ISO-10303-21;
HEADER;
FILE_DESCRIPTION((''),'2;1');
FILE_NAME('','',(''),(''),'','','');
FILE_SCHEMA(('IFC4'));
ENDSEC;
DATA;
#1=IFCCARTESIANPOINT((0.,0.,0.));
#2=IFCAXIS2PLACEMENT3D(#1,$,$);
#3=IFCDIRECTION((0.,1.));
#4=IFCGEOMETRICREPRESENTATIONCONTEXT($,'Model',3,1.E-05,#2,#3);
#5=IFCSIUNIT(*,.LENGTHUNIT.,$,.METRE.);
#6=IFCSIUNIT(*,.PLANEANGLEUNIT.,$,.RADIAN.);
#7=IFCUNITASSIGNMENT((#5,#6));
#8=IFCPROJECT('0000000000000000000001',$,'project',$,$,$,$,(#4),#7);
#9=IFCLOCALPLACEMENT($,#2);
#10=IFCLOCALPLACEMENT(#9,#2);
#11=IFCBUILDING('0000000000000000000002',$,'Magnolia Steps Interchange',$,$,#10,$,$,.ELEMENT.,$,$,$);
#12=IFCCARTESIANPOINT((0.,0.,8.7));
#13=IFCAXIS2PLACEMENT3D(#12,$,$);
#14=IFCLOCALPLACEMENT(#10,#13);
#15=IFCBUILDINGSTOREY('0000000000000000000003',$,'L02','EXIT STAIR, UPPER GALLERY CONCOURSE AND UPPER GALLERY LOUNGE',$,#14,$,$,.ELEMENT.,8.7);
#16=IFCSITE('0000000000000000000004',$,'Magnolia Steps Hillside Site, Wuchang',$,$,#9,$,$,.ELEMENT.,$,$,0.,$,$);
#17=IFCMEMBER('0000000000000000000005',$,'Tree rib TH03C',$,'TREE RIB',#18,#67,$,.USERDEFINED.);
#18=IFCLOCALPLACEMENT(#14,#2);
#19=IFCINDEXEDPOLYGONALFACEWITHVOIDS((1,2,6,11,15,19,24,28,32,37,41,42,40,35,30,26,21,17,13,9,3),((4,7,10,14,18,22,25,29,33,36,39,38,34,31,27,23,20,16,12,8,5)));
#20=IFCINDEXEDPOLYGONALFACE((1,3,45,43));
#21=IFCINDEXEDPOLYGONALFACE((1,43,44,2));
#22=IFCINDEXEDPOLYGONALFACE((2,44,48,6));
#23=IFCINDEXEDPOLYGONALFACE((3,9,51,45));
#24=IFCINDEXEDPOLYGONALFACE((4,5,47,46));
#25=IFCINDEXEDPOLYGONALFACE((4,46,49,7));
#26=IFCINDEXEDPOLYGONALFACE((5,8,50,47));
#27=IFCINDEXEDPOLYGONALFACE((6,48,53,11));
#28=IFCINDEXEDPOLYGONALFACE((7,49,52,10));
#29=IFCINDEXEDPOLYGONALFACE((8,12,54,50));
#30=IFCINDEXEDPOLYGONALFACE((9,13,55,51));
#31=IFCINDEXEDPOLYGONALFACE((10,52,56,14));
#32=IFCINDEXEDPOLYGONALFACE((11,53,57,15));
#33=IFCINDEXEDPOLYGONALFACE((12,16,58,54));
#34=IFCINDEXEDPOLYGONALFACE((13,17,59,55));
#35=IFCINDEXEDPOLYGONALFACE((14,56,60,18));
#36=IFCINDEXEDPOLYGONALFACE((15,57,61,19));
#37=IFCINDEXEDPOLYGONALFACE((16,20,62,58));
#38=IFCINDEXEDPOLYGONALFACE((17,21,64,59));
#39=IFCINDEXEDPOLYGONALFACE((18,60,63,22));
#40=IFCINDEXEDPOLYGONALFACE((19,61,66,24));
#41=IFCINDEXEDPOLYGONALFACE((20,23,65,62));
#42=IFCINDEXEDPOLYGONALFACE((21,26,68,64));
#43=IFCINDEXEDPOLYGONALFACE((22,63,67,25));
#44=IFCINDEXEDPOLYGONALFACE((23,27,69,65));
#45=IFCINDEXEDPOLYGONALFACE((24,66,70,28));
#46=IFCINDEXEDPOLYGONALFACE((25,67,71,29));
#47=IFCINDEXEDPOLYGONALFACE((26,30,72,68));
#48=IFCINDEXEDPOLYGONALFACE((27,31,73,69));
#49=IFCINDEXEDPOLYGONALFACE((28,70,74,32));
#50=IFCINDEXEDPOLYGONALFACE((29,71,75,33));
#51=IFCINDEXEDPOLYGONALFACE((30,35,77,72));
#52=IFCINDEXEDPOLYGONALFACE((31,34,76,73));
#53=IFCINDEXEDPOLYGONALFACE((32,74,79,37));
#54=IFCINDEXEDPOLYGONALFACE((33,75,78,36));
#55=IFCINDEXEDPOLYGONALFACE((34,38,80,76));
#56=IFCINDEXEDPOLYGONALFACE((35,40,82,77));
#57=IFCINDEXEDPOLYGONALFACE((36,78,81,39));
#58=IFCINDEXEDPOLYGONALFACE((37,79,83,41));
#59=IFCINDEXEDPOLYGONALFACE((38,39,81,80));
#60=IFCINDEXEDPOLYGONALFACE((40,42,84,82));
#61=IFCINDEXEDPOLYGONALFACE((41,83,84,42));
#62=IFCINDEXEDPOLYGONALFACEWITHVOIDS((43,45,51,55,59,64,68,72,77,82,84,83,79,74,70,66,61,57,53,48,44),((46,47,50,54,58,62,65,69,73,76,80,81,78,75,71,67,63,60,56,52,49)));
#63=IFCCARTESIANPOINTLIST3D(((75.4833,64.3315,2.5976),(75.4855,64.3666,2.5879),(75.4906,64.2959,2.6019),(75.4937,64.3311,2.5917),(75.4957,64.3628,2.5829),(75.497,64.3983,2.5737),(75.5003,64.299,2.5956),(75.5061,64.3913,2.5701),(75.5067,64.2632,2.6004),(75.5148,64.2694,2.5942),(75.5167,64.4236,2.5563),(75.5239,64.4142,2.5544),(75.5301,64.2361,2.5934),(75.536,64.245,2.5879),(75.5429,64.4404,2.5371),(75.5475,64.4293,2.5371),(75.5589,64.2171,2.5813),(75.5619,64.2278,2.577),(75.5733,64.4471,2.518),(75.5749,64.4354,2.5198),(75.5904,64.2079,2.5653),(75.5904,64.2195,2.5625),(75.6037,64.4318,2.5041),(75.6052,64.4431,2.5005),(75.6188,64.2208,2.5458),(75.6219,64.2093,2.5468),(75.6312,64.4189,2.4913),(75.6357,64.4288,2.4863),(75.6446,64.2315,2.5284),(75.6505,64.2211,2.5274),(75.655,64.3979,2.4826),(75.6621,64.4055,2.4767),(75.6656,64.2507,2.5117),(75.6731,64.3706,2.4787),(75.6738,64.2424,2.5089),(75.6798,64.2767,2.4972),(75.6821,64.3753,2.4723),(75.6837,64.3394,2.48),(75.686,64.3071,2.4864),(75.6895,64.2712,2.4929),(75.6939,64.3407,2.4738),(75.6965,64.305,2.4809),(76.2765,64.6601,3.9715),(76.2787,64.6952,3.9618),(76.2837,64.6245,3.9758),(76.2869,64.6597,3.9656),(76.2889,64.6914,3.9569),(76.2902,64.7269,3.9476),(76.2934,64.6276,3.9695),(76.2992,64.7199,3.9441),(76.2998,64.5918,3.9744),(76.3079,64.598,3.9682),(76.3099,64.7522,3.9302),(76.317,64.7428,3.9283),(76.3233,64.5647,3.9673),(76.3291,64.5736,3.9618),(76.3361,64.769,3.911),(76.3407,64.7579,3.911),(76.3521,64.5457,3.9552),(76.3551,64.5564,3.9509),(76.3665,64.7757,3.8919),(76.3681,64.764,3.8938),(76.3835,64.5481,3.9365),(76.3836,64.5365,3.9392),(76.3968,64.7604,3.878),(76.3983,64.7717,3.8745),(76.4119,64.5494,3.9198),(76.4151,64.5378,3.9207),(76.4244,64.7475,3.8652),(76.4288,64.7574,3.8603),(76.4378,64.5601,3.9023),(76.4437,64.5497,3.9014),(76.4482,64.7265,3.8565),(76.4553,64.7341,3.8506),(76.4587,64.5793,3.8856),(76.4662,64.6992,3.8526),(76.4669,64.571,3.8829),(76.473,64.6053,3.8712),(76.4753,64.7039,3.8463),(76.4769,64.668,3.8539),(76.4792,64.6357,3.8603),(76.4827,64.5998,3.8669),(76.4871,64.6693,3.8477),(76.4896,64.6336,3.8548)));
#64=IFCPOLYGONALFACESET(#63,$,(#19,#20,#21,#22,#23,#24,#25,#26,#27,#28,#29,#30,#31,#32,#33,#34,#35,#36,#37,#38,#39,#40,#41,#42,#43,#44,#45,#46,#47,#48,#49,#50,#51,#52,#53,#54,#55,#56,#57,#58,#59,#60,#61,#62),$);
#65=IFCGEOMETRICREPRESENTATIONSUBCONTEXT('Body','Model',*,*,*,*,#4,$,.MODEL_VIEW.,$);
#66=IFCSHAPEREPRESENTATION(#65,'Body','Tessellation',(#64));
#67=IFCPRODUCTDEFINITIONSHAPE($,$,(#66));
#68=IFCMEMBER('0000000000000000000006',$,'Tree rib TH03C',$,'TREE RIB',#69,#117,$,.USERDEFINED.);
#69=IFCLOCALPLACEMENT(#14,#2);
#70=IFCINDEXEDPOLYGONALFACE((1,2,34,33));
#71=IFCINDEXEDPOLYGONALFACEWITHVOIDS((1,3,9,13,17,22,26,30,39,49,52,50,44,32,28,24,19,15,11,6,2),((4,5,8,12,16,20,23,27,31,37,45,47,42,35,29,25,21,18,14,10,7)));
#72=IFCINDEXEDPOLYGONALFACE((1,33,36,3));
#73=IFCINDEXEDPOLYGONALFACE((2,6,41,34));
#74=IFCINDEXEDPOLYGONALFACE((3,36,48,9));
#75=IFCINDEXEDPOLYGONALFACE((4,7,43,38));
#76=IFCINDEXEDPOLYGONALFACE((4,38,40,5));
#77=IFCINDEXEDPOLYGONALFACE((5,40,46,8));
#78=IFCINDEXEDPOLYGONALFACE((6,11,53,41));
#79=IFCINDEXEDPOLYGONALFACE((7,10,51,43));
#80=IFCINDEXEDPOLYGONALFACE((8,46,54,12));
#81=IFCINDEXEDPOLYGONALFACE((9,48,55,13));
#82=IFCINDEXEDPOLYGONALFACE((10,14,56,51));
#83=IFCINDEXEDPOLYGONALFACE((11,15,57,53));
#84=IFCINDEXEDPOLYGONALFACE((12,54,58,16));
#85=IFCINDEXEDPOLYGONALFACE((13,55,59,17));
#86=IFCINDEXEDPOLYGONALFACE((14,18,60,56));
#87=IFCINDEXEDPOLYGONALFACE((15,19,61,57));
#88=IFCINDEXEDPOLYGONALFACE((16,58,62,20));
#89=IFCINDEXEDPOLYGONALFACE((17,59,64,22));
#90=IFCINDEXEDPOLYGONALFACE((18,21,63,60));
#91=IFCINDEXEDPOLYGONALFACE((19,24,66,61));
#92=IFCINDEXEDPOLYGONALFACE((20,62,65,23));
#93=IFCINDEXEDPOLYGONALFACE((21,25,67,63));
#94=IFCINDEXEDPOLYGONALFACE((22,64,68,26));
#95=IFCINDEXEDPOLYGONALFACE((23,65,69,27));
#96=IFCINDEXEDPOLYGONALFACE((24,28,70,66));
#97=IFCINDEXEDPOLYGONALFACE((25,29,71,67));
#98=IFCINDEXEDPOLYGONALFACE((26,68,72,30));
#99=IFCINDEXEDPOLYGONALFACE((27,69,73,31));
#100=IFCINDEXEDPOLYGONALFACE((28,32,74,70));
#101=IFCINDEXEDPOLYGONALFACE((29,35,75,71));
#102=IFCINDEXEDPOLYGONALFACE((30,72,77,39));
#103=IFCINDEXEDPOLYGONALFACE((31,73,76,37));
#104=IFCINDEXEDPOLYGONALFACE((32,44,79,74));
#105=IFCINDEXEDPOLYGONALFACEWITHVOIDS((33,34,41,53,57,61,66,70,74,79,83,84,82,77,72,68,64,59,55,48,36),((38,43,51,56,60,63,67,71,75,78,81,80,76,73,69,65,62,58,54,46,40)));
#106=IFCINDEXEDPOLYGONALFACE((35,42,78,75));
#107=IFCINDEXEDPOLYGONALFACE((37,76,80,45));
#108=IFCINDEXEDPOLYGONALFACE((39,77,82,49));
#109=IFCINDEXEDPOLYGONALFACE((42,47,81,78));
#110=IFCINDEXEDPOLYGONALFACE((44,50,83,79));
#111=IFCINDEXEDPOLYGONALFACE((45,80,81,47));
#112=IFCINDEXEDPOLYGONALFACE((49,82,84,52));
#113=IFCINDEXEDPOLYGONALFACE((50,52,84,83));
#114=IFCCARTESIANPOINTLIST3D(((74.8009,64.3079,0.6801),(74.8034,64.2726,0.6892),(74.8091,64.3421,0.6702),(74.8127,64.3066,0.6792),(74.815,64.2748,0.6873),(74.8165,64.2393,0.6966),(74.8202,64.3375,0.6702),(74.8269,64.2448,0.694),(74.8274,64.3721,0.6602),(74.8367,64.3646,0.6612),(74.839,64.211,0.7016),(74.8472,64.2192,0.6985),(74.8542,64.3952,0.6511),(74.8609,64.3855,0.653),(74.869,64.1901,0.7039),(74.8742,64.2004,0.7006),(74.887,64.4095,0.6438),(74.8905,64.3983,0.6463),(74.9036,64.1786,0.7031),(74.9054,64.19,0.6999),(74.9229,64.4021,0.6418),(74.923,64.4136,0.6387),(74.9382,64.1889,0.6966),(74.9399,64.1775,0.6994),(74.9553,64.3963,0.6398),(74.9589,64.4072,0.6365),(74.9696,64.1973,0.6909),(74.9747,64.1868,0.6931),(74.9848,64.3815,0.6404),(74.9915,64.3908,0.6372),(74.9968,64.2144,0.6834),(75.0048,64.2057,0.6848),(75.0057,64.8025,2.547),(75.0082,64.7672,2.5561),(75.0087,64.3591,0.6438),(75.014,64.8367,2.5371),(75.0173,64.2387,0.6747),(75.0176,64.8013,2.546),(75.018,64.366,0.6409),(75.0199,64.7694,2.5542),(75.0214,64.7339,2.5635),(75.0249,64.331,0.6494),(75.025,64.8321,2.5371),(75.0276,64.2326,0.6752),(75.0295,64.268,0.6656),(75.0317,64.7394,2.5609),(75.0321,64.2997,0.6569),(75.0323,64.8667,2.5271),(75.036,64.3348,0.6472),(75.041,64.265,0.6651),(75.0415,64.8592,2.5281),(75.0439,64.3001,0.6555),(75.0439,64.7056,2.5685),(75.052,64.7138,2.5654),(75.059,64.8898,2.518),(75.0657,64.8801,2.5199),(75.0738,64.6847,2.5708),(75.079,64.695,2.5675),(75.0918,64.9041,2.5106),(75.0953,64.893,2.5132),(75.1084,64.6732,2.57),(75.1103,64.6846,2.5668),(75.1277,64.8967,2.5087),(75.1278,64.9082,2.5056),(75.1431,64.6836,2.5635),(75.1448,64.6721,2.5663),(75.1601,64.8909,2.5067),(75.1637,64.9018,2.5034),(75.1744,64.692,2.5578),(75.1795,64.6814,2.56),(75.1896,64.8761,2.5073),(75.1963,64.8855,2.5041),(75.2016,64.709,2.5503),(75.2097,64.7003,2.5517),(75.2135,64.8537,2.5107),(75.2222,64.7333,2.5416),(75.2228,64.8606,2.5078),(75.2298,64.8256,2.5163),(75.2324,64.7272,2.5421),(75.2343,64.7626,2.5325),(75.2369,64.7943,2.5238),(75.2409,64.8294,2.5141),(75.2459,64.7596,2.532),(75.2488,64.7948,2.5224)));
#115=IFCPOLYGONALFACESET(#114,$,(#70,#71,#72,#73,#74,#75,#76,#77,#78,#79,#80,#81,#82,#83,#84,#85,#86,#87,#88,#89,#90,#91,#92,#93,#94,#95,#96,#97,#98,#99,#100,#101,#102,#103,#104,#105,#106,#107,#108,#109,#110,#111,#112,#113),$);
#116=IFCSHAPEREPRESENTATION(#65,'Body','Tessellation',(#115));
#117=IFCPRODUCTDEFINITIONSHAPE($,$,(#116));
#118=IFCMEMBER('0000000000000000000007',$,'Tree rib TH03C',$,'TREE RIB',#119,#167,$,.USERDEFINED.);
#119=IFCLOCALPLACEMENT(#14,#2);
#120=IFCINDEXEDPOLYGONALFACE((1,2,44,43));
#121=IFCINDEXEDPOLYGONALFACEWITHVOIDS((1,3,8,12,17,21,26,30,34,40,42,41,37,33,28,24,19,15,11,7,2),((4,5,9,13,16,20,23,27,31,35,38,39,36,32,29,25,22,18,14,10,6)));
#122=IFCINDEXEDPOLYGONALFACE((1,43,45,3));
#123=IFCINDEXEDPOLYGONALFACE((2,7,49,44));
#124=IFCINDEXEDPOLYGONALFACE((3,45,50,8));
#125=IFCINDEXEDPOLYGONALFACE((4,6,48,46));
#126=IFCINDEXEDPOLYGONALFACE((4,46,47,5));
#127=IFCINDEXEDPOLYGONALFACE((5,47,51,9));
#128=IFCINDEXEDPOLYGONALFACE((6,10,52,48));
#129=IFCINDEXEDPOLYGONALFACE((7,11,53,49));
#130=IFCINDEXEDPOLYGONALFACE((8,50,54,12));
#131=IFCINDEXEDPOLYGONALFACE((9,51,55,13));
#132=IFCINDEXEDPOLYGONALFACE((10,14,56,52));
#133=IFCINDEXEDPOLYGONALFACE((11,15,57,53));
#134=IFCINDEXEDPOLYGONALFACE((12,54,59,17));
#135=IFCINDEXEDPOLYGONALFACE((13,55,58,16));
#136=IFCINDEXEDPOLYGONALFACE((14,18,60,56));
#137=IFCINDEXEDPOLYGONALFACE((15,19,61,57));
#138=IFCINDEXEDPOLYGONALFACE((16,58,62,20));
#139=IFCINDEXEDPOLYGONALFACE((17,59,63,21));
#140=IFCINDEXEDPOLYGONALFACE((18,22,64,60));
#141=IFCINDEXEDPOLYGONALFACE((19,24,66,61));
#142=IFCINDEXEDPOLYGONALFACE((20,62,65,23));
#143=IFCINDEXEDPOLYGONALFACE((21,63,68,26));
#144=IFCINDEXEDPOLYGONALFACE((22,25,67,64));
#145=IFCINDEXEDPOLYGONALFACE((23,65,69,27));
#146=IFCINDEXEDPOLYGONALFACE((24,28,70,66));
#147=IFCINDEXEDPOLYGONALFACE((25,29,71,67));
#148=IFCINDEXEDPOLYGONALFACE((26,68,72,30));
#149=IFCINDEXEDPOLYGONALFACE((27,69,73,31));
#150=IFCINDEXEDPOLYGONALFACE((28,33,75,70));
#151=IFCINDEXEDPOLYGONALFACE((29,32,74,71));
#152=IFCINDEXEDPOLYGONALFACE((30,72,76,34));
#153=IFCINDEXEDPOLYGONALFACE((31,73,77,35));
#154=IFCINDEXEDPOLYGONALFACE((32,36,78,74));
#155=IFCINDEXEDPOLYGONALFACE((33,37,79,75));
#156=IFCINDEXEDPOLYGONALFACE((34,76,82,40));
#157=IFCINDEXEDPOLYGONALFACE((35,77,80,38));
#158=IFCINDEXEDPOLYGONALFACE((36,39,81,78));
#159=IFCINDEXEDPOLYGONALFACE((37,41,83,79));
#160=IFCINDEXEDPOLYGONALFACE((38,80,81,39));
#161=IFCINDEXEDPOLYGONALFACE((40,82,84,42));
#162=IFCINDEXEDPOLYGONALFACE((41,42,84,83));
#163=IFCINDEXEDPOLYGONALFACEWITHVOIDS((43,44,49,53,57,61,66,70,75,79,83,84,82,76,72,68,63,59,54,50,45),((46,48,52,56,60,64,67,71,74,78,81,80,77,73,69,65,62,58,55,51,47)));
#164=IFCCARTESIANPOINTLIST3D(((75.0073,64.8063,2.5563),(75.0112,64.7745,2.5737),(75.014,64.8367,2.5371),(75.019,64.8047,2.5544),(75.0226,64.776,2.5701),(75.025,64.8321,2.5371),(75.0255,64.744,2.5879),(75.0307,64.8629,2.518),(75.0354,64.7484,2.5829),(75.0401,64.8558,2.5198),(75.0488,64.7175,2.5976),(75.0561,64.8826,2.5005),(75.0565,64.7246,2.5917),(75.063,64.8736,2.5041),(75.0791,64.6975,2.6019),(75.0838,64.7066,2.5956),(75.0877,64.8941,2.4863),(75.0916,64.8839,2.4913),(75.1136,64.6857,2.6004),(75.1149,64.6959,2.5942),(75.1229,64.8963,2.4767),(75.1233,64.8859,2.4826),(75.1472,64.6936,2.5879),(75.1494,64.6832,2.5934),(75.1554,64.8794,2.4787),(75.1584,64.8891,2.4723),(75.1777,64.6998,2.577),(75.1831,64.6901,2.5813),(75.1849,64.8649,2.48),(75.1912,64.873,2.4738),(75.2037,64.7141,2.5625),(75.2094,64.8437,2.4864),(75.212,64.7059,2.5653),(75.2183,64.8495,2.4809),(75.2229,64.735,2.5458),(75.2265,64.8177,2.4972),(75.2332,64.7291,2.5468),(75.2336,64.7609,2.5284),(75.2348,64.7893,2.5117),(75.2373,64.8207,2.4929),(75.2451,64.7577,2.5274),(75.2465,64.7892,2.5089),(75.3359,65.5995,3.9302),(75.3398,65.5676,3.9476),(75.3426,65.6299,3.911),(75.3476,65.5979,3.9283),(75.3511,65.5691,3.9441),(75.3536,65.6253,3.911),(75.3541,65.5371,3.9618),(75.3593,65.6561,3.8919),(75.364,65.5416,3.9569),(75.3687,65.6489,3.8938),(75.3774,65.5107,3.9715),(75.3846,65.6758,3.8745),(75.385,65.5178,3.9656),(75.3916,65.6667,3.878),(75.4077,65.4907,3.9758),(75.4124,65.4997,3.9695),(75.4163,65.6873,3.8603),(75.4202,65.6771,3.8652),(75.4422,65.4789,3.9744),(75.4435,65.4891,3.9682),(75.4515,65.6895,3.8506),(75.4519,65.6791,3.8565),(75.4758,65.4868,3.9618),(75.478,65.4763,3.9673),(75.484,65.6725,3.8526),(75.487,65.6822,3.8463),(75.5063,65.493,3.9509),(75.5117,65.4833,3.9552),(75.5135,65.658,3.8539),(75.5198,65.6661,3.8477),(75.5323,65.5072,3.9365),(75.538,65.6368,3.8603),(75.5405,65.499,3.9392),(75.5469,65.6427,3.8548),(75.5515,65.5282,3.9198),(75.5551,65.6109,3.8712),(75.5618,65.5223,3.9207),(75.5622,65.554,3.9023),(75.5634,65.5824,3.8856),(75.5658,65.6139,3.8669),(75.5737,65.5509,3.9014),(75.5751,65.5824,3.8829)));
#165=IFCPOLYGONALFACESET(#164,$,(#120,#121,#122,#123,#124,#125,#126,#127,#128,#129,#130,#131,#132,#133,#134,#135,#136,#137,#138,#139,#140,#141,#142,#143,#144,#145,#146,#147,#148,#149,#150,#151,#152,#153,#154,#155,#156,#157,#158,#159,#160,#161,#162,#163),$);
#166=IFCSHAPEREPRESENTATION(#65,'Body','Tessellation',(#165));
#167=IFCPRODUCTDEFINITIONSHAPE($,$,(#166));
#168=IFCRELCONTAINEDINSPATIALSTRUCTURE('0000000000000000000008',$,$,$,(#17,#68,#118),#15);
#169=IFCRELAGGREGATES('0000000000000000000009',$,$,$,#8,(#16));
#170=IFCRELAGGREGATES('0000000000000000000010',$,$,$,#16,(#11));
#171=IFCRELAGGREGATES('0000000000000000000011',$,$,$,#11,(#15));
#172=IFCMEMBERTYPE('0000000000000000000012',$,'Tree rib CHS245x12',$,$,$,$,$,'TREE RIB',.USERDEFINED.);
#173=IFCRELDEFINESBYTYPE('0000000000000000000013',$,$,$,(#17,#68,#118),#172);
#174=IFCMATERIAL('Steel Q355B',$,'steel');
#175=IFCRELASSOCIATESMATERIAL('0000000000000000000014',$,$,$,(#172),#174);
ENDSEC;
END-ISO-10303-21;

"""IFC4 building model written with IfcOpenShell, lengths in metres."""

from ifc_helpers import new_model, si_unit, direction, frame, origin, origin_2d, place, context, subcontext, project, spatial, hollow_circle, extrude, material, material_profile, profile_set, type_object, element, save


model = new_model("IFC4")

# Units and contexts
model_context = context("Model", 3, precision=1e-05, world=origin(), true_north=direction((0.0, 1.0)))
body_context = subcontext(model_context, "Body", "Model", "MODEL_VIEW")
ifc_project = project(units=[si_unit("LENGTHUNIT", "METRE"), si_unit("PLANEANGLEUNIT", "RADIAN")], contexts=[model_context])

# Site, building, storey
site_placement = place(None, origin())
site = spatial("IfcSite", under=ifc_project, at=site_placement, Name="Magnolia Steps Hillside Site, Wuchang", CompositionType="ELEMENT", RefElevation=0.0)
building_placement = place(site_placement, origin())
building = spatial("IfcBuilding", under=site, at=building_placement, Name="Magnolia Steps Interchange", CompositionType="ELEMENT")
storey_placement = place(building_placement, frame((0.0, 0.0, 8.7)))
storey = spatial("IfcBuildingStorey", under=building, at=storey_placement, Name="L02", Description="EXIT STAIR, UPPER GALLERY CONCOURSE AND UPPER GALLERY LOUNGE", CompositionType="ELEMENT", Elevation=8.7)

# Members
ifc_material_1 = material(Name="Steel Q355B", Category="steel")
ifc_material_profile_1 = material_profile(ifc_material_1, hollow_circle(Radius=0.1226, WallThickness=0.012, at=origin_2d()), Name="CHS245x12")
ifc_profile_set_1 = profile_set([ifc_material_profile_1], Name="Steel Q355B")
member_type_1 = type_object("IfcMemberType", Name="Tree rib CHS245x12", ElementType="TREE RIB", PredefinedType="USERDEFINED", material=ifc_profile_set_1)
member_1_placement = place(storey_placement, frame((75.5898, 64.3271, 2.5371), z_axis=(0.489571, 0.20282, 0.848047), x_axis=(-0.382737, 0.923857, 0.0)))
element("IfcMember", 1, at=member_1_placement, inside=storey, type_object=member_type_1, Name="Tree rib TH03C", ObjectType="TREE RIB", PredefinedType="USERDEFINED", context=body_context, shape_type="SweptSolid", body=[
    extrude(hollow_circle(Radius=0.1226, WallThickness=0.012, at=origin_2d()), origin(), (0.0, 0.0, 1.0), 1.6201),
])
member_2_placement = place(storey_placement, frame((74.9224, 64.2952, 0.6702), z_axis=(0.105466, 0.254676, 0.961258), x_axis=(-0.923911, 0.382607, 0.0)))
element("IfcMember", 2, at=member_2_placement, inside=storey, type_object=member_type_1, Name="Tree rib TH03C", ObjectType="TREE RIB", PredefinedType="USERDEFINED", context=body_context, shape_type="SweptSolid", body=[
    extrude(hollow_circle(Radius=0.1226, WallThickness=0.012, at=origin_2d()), origin(), (0.0, 0.0, 1.0), 1.9421),
])
member_3_placement = place(storey_placement, frame((75.1272, 64.7898, 2.5371), z_axis=(0.20282, 0.489571, 0.848047), x_axis=(-0.923857, 0.382737, 0.0)))
element("IfcMember", 3, at=member_3_placement, inside=storey, type_object=member_type_1, Name="Tree rib TH03C", ObjectType="TREE RIB", PredefinedType="USERDEFINED", context=body_context, shape_type="SweptSolid", body=[
    extrude(hollow_circle(Radius=0.1226, WallThickness=0.012, at=origin_2d()), origin(), (0.0, 0.0, 1.0), 1.6201),
])

save(model, "model.ifc")
